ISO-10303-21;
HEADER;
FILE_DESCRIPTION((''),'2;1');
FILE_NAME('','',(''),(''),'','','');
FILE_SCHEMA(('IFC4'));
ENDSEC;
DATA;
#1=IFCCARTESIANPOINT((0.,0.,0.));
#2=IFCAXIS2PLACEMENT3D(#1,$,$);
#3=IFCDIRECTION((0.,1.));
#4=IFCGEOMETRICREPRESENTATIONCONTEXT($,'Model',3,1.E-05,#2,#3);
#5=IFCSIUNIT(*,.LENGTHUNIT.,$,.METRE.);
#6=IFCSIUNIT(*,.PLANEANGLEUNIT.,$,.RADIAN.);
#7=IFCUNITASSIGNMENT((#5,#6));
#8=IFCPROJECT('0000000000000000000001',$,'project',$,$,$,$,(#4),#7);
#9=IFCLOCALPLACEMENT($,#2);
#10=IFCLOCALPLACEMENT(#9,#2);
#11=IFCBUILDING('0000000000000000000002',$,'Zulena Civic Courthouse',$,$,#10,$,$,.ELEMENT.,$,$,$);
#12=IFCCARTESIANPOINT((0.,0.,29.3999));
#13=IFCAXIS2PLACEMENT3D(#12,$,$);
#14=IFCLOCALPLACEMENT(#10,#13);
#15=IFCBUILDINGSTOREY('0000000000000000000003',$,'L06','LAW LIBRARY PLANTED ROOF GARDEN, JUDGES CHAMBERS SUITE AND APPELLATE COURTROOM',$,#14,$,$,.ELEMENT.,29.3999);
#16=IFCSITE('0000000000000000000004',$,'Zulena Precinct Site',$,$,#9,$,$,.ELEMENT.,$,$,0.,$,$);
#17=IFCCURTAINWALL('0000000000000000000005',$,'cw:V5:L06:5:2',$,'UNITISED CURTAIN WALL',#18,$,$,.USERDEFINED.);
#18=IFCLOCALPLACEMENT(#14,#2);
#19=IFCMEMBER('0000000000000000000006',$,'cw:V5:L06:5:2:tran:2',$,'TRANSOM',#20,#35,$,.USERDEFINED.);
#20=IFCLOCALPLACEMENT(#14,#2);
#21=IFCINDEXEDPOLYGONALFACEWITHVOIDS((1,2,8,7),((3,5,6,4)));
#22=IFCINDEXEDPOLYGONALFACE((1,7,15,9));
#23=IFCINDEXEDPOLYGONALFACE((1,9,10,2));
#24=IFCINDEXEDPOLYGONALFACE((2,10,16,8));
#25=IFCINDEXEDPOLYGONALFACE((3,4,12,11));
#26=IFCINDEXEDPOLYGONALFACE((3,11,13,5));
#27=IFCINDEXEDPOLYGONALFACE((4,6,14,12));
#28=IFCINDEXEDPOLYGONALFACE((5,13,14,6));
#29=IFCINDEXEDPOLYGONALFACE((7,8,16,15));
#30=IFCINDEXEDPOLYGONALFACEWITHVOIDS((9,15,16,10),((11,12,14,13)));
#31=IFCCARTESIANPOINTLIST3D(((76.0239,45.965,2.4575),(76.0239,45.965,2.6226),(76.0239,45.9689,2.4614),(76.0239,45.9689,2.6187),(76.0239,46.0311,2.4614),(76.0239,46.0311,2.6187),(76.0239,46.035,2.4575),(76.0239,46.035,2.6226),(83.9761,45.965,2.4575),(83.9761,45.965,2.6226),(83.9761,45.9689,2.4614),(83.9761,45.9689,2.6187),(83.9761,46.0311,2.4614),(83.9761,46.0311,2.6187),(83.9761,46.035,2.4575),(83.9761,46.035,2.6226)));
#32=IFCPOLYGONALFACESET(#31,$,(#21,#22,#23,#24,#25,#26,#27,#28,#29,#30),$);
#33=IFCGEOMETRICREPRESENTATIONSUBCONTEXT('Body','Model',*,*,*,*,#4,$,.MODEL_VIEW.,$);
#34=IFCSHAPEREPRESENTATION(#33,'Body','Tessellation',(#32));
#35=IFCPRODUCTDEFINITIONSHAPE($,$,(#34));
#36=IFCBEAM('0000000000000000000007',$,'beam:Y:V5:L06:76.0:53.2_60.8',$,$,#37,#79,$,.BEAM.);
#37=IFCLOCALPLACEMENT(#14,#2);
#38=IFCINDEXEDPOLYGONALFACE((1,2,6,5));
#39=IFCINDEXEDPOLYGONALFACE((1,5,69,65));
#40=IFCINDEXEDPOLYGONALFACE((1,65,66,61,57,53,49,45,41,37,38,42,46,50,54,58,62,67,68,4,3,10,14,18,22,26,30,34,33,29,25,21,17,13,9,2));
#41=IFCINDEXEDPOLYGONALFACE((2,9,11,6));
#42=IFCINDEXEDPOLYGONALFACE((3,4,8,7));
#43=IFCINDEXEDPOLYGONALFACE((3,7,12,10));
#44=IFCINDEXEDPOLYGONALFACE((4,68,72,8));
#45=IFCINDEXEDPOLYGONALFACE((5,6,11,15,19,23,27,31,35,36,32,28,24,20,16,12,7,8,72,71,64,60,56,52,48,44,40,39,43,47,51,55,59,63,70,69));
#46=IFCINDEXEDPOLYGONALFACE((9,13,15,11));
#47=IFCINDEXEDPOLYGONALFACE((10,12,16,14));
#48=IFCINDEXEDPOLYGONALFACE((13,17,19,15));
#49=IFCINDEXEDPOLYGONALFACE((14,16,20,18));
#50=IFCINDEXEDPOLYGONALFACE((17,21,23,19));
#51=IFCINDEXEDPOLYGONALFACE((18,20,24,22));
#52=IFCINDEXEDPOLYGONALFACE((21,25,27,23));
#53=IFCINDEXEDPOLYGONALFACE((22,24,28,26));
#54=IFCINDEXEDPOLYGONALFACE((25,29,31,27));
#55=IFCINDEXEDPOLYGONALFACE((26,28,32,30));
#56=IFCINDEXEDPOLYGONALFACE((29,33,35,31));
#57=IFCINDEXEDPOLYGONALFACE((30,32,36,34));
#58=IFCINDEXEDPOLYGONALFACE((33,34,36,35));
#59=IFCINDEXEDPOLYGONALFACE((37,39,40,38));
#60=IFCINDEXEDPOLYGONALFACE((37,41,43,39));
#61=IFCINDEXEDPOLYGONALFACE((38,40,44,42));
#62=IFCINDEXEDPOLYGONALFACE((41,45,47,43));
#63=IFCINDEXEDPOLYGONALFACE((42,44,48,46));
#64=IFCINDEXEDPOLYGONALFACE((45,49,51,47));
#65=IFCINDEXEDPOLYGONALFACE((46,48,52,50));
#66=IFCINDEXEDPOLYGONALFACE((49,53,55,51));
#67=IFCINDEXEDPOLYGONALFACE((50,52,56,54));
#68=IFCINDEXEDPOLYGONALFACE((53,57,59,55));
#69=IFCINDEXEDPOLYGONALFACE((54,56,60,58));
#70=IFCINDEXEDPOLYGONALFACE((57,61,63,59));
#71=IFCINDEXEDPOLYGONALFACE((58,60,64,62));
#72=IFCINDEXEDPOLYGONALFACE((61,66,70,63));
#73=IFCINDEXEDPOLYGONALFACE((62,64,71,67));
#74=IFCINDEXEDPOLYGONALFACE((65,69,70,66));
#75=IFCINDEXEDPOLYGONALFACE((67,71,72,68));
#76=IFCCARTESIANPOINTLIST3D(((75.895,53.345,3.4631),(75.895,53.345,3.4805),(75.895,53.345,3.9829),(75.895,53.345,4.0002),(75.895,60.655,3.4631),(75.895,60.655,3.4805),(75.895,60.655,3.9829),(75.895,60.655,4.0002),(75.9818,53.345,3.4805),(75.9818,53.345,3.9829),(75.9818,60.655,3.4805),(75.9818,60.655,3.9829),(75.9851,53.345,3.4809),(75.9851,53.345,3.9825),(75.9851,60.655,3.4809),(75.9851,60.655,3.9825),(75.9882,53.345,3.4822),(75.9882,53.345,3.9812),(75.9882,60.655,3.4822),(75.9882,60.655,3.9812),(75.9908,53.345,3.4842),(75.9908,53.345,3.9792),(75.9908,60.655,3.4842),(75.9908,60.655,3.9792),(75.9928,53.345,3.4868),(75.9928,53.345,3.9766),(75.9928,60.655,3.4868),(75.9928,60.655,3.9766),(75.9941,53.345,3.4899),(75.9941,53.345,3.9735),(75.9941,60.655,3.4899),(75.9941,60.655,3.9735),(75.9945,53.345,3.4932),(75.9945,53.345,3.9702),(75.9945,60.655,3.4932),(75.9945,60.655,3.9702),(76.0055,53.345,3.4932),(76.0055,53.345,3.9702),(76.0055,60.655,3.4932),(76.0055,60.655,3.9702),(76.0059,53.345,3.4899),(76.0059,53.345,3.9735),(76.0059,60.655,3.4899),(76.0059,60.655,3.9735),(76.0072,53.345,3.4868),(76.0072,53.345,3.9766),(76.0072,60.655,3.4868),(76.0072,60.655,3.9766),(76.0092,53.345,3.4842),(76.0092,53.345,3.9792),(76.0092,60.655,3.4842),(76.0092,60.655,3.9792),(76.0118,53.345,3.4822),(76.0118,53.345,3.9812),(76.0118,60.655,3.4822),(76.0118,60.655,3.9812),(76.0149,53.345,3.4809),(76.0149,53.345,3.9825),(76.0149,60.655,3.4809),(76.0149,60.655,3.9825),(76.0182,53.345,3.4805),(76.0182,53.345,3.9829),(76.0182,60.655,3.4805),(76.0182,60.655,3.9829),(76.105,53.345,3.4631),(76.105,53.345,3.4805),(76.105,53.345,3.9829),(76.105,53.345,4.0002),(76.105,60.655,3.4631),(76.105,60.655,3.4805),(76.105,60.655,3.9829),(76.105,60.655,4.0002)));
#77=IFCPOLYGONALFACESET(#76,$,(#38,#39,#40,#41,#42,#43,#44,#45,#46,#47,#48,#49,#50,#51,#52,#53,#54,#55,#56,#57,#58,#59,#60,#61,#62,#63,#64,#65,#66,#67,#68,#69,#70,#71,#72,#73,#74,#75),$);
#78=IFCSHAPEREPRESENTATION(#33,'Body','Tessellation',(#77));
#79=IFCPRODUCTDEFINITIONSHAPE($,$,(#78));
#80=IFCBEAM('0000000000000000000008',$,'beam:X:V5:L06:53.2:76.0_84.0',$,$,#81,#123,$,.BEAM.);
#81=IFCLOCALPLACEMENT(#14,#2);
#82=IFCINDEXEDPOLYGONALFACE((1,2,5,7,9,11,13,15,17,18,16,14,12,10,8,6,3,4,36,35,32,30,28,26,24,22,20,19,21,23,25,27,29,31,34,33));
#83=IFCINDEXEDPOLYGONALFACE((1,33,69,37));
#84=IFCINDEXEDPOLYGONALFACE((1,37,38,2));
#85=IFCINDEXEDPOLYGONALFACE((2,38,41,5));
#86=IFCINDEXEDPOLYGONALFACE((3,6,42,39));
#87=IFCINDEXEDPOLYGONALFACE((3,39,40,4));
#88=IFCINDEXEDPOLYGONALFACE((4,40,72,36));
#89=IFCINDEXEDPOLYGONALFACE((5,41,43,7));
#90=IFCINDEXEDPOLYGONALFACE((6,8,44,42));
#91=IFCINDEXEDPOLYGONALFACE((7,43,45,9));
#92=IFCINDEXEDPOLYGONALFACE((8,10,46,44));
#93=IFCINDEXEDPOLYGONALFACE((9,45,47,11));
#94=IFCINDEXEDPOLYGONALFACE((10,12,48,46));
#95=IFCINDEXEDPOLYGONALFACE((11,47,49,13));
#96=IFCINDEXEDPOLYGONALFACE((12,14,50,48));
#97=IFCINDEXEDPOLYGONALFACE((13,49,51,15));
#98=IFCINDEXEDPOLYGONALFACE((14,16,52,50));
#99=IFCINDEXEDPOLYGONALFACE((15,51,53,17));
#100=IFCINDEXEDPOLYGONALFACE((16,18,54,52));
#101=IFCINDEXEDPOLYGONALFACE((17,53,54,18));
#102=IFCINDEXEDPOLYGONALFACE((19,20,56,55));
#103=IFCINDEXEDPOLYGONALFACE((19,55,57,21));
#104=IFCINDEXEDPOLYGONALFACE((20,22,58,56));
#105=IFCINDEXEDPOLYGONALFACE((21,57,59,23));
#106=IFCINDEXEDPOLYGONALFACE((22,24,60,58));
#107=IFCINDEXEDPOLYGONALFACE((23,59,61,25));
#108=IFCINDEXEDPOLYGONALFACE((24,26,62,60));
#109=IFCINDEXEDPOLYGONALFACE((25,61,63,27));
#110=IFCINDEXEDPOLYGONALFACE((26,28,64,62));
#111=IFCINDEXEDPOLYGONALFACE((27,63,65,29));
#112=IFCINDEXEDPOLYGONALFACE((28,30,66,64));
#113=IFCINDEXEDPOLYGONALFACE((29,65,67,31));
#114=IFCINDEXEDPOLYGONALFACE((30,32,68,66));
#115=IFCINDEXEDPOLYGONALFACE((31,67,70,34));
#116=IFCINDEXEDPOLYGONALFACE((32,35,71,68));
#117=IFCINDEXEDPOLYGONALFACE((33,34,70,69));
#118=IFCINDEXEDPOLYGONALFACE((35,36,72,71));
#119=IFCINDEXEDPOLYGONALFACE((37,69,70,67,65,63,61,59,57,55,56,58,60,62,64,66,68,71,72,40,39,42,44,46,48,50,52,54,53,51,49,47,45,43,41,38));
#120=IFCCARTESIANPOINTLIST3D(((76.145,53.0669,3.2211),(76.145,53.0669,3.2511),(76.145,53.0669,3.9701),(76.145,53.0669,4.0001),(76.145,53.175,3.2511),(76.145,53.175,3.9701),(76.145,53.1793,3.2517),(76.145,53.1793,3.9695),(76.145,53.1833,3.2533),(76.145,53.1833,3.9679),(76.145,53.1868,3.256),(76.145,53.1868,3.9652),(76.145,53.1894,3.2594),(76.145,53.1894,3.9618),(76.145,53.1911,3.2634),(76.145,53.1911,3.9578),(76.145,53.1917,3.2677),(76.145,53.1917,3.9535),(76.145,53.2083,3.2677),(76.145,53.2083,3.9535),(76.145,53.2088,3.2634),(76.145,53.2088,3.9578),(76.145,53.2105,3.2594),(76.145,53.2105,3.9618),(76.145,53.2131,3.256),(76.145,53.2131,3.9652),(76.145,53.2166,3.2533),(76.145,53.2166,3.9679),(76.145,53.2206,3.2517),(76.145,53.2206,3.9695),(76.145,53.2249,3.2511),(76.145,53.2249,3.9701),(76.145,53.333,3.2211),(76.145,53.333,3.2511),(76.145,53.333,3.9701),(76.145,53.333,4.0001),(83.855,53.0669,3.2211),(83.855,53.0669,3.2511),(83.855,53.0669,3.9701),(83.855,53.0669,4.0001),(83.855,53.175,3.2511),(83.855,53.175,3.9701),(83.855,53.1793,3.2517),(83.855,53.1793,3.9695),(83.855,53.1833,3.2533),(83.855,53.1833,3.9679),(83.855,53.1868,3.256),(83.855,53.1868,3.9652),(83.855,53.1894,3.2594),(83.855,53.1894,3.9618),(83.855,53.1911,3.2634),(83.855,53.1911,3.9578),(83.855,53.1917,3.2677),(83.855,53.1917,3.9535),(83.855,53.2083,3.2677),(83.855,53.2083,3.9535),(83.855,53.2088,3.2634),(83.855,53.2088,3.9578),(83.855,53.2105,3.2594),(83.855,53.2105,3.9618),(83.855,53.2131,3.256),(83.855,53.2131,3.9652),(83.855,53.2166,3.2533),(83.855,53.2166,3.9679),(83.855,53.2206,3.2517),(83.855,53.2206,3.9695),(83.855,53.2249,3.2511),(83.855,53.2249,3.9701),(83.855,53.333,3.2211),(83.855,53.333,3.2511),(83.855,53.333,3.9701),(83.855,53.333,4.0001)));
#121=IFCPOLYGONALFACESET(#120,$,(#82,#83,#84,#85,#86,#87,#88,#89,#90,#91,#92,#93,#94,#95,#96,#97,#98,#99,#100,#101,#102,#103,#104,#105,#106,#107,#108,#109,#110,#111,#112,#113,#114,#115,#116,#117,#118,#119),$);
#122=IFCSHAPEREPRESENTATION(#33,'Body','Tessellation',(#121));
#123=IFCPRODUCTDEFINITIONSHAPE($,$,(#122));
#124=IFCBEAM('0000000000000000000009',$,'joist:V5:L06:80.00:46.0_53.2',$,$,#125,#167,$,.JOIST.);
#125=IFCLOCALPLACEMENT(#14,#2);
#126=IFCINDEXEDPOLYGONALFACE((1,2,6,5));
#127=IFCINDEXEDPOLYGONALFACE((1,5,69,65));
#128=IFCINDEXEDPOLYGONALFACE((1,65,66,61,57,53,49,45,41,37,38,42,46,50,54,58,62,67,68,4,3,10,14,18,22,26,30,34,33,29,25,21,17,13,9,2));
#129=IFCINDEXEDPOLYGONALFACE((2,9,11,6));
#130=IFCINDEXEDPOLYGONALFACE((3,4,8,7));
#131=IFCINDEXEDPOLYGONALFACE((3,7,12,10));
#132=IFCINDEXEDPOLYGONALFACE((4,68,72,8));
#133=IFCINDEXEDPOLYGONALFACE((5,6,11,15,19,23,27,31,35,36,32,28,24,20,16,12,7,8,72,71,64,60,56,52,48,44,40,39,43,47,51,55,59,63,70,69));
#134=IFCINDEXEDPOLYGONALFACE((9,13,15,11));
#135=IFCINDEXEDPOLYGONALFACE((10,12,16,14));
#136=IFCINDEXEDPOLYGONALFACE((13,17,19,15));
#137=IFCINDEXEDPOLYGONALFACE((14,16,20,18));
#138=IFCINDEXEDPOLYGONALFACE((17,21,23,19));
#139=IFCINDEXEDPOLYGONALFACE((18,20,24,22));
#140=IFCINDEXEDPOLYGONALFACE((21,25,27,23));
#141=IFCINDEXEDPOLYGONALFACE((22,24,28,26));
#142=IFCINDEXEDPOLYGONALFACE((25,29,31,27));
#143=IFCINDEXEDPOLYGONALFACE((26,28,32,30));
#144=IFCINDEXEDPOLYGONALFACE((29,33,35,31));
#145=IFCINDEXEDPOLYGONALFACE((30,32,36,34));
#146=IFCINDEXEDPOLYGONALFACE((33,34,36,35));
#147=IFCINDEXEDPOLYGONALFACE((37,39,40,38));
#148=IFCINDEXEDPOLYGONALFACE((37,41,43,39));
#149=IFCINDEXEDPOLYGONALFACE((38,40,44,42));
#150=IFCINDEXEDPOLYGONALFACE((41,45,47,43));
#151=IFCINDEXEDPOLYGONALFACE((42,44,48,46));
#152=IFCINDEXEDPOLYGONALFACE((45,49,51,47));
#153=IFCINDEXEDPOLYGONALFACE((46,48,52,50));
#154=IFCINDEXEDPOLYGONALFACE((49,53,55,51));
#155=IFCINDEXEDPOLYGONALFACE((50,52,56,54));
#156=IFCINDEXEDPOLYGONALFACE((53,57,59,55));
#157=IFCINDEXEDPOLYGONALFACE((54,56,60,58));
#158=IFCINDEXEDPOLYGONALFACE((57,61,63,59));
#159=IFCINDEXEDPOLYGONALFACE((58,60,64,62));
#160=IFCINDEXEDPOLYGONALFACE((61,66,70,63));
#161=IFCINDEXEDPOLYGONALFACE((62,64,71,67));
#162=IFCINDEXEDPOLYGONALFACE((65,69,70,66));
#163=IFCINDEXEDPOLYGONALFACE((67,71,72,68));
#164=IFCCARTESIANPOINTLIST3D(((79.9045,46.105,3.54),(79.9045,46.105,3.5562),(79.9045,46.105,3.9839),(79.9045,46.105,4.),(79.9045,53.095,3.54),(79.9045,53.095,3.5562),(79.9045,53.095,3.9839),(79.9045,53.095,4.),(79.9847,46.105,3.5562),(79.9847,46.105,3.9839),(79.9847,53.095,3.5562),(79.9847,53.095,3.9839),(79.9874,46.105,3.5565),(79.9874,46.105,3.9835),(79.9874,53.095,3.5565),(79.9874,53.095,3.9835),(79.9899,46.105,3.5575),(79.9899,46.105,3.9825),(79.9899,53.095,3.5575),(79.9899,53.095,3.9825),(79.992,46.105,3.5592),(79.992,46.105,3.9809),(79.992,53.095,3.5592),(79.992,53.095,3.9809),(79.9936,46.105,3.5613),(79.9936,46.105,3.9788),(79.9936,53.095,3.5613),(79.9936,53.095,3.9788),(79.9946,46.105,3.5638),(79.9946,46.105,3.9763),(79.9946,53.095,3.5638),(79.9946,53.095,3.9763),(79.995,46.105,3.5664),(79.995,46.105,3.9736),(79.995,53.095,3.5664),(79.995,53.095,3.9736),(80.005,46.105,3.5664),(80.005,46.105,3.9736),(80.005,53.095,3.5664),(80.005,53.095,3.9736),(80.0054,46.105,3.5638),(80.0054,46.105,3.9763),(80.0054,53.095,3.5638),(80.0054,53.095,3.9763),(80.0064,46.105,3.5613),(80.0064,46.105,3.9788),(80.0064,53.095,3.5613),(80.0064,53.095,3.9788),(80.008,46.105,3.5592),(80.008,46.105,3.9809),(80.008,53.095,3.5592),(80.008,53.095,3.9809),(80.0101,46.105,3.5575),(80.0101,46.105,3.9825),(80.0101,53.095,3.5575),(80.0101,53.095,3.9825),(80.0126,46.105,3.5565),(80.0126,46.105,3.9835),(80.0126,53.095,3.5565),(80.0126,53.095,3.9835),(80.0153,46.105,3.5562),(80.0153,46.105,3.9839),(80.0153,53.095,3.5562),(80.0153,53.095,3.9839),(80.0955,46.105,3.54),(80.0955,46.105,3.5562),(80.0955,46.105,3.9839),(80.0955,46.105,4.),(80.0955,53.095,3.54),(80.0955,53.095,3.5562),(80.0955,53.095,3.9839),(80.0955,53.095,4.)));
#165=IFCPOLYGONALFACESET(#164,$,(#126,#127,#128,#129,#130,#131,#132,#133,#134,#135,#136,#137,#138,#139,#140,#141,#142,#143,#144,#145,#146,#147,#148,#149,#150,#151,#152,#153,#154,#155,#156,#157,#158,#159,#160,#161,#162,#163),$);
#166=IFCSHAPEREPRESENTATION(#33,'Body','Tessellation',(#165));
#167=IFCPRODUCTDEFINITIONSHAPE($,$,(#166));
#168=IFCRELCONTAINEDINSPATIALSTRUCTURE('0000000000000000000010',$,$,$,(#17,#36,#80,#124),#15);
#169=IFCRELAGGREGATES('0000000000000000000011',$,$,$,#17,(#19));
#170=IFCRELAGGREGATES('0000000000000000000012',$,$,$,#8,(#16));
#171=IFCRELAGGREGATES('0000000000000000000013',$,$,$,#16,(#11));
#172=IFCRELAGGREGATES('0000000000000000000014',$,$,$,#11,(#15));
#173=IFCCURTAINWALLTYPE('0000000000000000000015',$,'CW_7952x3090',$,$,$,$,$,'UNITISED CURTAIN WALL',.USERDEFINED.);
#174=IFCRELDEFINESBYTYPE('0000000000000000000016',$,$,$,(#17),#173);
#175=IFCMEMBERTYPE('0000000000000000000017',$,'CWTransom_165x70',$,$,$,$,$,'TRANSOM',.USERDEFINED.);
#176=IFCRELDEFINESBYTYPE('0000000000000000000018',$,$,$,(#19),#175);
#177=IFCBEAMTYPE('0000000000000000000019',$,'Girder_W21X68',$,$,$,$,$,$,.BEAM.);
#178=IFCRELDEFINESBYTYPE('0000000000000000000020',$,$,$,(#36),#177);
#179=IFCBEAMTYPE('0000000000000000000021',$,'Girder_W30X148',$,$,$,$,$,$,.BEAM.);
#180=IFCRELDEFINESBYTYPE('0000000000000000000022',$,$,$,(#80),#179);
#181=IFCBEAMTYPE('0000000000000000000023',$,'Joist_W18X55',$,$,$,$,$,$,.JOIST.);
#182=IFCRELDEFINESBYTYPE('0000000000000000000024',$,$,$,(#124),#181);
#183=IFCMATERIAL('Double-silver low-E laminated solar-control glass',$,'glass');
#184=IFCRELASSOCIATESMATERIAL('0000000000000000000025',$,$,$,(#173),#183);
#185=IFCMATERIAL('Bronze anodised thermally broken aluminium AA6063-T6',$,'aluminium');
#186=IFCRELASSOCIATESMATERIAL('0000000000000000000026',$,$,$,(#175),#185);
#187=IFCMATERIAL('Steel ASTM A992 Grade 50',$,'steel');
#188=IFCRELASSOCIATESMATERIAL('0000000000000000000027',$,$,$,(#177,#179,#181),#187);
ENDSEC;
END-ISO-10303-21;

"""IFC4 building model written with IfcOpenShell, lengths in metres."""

from ifc_helpers import new_model, si_unit, direction, frame, origin, origin_2d, place, context, subcontext, project, spatial, hollow_rectangle, i_section, extrude, material, material_profile, profile_set, type_object, element, aggregate, save


model = new_model("IFC4")

# Units and contexts
model_context = context("Model", 3, precision=1e-05, world=origin(), true_north=direction((0.0, 1.0)))
body_context = subcontext(model_context, "Body", "Model", "MODEL_VIEW")
ifc_project = project(units=[si_unit("LENGTHUNIT", "METRE"), si_unit("PLANEANGLEUNIT", "RADIAN")], contexts=[model_context])

# Site, building, storey
site_placement = place(None, origin())
site = spatial("IfcSite", under=ifc_project, at=site_placement, Name="Zulena Precinct Site", CompositionType="ELEMENT", RefElevation=0.0)
building_placement = place(site_placement, origin())
building = spatial("IfcBuilding", under=site, at=building_placement, Name="Zulena Civic Courthouse", CompositionType="ELEMENT")
storey_placement = place(building_placement, frame((0.0, 0.0, 29.3999)))
storey = spatial("IfcBuildingStorey", under=building, at=storey_placement, Name="L06", Description="LAW LIBRARY PLANTED ROOF GARDEN, JUDGES CHAMBERS SUITE AND APPELLATE COURTROOM", CompositionType="ELEMENT", Elevation=29.3999)

# Shared definitions
ifc_material_1 = material(Name="Steel ASTM A992 Grade 50", Category="steel")

# Curtain wall, member
ifc_material_2 = material(Name="Double-silver low-E laminated solar-control glass", Category="glass")
curtain_wall_type = type_object("IfcCurtainWallType", Name="CW_7952x3090", ElementType="UNITISED CURTAIN WALL", PredefinedType="USERDEFINED", material=ifc_material_2)
curtain_wall_placement = place(storey_placement, origin())
curtain_wall = element("IfcCurtainWall", 1, at=curtain_wall_placement, inside=storey, type_object=curtain_wall_type, Name="cw:V5:L06:5:2", ObjectType="UNITISED CURTAIN WALL", PredefinedType="USERDEFINED")
ifc_material_3 = material(Name="Bronze anodised thermally broken aluminium AA6063-T6", Category="aluminium")
ifc_material_profile_1 = material_profile(ifc_material_3, hollow_rectangle(XDim=0.0701, YDim=0.165, WallThickness=0.0039, at=origin_2d()), Name="CWT165X70X4")
ifc_profile_set_1 = profile_set([ifc_material_profile_1], Name="Bronze anodised thermally broken aluminium AA6063-T6")
member_type_1 = type_object("IfcMemberType", Name="CWTransom_165x70", ElementType="TRANSOM", PredefinedType="USERDEFINED", material=ifc_profile_set_1)
member_1_placement = place(storey_placement, frame((83.9761, 46.0, 2.54), z_axis=(-1.0, 0.0, 0.0), x_axis=(0.0, -1.0, 0.0)))
member_1 = element("IfcMember", 2, at=member_1_placement, type_object=member_type_1, Name="cw:V5:L06:5:2:tran:2", ObjectType="TRANSOM", PredefinedType="USERDEFINED", context=body_context, shape_type="SweptSolid", body=[
    extrude(hollow_rectangle(XDim=0.0701, YDim=0.165, WallThickness=0.0039, at=origin_2d()), origin(), (0.0, 0.0, 1.0), 7.9521),
])

# Beams
ifc_material_profile_2 = material_profile(ifc_material_1, i_section(OverallWidth=0.21, OverallDepth=0.5371, WebThickness=0.011, FlangeThickness=0.0173, FilletRadius=0.0127, at=origin_2d()), Name="W21X68")
ifc_profile_set_2 = profile_set([ifc_material_profile_2], Name="Steel ASTM A992 Grade 50")
beam_type_1 = type_object("IfcBeamType", Name="Girder_W21X68", PredefinedType="BEAM", material=ifc_profile_set_2)
beam_1_placement = place(storey_placement, frame((76.0, 53.345, 3.7317), z_axis=(0.0, 1.0, 0.0), x_axis=(-1.0, 0.0, 0.0)))
element("IfcBeam", 3, at=beam_1_placement, inside=storey, type_object=beam_type_1, Name="beam:Y:V5:L06:76.0:53.2_60.8", PredefinedType="BEAM", context=body_context, shape_type="SweptSolid", body=[
    extrude(i_section(OverallWidth=0.21, OverallDepth=0.5371, WebThickness=0.011, FlangeThickness=0.0173, FilletRadius=0.0127, at=origin_2d()), origin(), (0.0, 0.0, 1.0), 7.3101),
])
ifc_material_profile_3 = material_profile(ifc_material_1, i_section(OverallWidth=0.2661, OverallDepth=0.7791, WebThickness=0.0166, FlangeThickness=0.03, FilletRadius=0.0166, at=origin_2d()), Name="W30X148")
ifc_profile_set_3 = profile_set([ifc_material_profile_3], Name="Steel ASTM A992 Grade 50")
beam_type_2 = type_object("IfcBeamType", Name="Girder_W30X148", PredefinedType="BEAM", material=ifc_profile_set_3)
beam_2_placement = place(storey_placement, frame((76.145, 53.2, 3.6106), z_axis=(1.0, 0.0, 0.0), x_axis=(0.0, 1.0, 0.0)))
element("IfcBeam", 4, at=beam_2_placement, inside=storey, type_object=beam_type_2, Name="beam:X:V5:L06:53.2:76.0_84.0", PredefinedType="BEAM", context=body_context, shape_type="SweptSolid", body=[
    extrude(i_section(OverallWidth=0.2661, OverallDepth=0.7791, WebThickness=0.0166, FlangeThickness=0.03, FilletRadius=0.0166, at=origin_2d()), origin(), (0.0, 0.0, 1.0), 7.71),
])
ifc_material_profile_4 = material_profile(ifc_material_1, i_section(OverallWidth=0.1909, OverallDepth=0.46, WebThickness=0.01, FlangeThickness=0.0161, FilletRadius=0.0103, at=origin_2d()), Name="W18X55")
ifc_profile_set_4 = profile_set([ifc_material_profile_4], Name="Steel ASTM A992 Grade 50")
beam_type_3 = type_object("IfcBeamType", Name="Joist_W18X55", PredefinedType="JOIST", material=ifc_profile_set_4)
beam_3_placement = place(storey_placement, frame((80.0, 46.105, 3.77), z_axis=(0.0, 1.0, 0.0), x_axis=(-1.0, 0.0, 0.0)))
element("IfcBeam", 5, at=beam_3_placement, inside=storey, type_object=beam_type_3, Name="joist:V5:L06:80.00:46.0_53.2", PredefinedType="JOIST", context=body_context, shape_type="SweptSolid", body=[
    extrude(i_section(OverallWidth=0.1909, OverallDepth=0.46, WebThickness=0.01, FlangeThickness=0.0161, FilletRadius=0.0103, at=origin_2d()), origin(), (0.0, 0.0, 1.0), 6.99),
])

aggregate(curtain_wall, [member_1])

save(model, "model.ifc")
